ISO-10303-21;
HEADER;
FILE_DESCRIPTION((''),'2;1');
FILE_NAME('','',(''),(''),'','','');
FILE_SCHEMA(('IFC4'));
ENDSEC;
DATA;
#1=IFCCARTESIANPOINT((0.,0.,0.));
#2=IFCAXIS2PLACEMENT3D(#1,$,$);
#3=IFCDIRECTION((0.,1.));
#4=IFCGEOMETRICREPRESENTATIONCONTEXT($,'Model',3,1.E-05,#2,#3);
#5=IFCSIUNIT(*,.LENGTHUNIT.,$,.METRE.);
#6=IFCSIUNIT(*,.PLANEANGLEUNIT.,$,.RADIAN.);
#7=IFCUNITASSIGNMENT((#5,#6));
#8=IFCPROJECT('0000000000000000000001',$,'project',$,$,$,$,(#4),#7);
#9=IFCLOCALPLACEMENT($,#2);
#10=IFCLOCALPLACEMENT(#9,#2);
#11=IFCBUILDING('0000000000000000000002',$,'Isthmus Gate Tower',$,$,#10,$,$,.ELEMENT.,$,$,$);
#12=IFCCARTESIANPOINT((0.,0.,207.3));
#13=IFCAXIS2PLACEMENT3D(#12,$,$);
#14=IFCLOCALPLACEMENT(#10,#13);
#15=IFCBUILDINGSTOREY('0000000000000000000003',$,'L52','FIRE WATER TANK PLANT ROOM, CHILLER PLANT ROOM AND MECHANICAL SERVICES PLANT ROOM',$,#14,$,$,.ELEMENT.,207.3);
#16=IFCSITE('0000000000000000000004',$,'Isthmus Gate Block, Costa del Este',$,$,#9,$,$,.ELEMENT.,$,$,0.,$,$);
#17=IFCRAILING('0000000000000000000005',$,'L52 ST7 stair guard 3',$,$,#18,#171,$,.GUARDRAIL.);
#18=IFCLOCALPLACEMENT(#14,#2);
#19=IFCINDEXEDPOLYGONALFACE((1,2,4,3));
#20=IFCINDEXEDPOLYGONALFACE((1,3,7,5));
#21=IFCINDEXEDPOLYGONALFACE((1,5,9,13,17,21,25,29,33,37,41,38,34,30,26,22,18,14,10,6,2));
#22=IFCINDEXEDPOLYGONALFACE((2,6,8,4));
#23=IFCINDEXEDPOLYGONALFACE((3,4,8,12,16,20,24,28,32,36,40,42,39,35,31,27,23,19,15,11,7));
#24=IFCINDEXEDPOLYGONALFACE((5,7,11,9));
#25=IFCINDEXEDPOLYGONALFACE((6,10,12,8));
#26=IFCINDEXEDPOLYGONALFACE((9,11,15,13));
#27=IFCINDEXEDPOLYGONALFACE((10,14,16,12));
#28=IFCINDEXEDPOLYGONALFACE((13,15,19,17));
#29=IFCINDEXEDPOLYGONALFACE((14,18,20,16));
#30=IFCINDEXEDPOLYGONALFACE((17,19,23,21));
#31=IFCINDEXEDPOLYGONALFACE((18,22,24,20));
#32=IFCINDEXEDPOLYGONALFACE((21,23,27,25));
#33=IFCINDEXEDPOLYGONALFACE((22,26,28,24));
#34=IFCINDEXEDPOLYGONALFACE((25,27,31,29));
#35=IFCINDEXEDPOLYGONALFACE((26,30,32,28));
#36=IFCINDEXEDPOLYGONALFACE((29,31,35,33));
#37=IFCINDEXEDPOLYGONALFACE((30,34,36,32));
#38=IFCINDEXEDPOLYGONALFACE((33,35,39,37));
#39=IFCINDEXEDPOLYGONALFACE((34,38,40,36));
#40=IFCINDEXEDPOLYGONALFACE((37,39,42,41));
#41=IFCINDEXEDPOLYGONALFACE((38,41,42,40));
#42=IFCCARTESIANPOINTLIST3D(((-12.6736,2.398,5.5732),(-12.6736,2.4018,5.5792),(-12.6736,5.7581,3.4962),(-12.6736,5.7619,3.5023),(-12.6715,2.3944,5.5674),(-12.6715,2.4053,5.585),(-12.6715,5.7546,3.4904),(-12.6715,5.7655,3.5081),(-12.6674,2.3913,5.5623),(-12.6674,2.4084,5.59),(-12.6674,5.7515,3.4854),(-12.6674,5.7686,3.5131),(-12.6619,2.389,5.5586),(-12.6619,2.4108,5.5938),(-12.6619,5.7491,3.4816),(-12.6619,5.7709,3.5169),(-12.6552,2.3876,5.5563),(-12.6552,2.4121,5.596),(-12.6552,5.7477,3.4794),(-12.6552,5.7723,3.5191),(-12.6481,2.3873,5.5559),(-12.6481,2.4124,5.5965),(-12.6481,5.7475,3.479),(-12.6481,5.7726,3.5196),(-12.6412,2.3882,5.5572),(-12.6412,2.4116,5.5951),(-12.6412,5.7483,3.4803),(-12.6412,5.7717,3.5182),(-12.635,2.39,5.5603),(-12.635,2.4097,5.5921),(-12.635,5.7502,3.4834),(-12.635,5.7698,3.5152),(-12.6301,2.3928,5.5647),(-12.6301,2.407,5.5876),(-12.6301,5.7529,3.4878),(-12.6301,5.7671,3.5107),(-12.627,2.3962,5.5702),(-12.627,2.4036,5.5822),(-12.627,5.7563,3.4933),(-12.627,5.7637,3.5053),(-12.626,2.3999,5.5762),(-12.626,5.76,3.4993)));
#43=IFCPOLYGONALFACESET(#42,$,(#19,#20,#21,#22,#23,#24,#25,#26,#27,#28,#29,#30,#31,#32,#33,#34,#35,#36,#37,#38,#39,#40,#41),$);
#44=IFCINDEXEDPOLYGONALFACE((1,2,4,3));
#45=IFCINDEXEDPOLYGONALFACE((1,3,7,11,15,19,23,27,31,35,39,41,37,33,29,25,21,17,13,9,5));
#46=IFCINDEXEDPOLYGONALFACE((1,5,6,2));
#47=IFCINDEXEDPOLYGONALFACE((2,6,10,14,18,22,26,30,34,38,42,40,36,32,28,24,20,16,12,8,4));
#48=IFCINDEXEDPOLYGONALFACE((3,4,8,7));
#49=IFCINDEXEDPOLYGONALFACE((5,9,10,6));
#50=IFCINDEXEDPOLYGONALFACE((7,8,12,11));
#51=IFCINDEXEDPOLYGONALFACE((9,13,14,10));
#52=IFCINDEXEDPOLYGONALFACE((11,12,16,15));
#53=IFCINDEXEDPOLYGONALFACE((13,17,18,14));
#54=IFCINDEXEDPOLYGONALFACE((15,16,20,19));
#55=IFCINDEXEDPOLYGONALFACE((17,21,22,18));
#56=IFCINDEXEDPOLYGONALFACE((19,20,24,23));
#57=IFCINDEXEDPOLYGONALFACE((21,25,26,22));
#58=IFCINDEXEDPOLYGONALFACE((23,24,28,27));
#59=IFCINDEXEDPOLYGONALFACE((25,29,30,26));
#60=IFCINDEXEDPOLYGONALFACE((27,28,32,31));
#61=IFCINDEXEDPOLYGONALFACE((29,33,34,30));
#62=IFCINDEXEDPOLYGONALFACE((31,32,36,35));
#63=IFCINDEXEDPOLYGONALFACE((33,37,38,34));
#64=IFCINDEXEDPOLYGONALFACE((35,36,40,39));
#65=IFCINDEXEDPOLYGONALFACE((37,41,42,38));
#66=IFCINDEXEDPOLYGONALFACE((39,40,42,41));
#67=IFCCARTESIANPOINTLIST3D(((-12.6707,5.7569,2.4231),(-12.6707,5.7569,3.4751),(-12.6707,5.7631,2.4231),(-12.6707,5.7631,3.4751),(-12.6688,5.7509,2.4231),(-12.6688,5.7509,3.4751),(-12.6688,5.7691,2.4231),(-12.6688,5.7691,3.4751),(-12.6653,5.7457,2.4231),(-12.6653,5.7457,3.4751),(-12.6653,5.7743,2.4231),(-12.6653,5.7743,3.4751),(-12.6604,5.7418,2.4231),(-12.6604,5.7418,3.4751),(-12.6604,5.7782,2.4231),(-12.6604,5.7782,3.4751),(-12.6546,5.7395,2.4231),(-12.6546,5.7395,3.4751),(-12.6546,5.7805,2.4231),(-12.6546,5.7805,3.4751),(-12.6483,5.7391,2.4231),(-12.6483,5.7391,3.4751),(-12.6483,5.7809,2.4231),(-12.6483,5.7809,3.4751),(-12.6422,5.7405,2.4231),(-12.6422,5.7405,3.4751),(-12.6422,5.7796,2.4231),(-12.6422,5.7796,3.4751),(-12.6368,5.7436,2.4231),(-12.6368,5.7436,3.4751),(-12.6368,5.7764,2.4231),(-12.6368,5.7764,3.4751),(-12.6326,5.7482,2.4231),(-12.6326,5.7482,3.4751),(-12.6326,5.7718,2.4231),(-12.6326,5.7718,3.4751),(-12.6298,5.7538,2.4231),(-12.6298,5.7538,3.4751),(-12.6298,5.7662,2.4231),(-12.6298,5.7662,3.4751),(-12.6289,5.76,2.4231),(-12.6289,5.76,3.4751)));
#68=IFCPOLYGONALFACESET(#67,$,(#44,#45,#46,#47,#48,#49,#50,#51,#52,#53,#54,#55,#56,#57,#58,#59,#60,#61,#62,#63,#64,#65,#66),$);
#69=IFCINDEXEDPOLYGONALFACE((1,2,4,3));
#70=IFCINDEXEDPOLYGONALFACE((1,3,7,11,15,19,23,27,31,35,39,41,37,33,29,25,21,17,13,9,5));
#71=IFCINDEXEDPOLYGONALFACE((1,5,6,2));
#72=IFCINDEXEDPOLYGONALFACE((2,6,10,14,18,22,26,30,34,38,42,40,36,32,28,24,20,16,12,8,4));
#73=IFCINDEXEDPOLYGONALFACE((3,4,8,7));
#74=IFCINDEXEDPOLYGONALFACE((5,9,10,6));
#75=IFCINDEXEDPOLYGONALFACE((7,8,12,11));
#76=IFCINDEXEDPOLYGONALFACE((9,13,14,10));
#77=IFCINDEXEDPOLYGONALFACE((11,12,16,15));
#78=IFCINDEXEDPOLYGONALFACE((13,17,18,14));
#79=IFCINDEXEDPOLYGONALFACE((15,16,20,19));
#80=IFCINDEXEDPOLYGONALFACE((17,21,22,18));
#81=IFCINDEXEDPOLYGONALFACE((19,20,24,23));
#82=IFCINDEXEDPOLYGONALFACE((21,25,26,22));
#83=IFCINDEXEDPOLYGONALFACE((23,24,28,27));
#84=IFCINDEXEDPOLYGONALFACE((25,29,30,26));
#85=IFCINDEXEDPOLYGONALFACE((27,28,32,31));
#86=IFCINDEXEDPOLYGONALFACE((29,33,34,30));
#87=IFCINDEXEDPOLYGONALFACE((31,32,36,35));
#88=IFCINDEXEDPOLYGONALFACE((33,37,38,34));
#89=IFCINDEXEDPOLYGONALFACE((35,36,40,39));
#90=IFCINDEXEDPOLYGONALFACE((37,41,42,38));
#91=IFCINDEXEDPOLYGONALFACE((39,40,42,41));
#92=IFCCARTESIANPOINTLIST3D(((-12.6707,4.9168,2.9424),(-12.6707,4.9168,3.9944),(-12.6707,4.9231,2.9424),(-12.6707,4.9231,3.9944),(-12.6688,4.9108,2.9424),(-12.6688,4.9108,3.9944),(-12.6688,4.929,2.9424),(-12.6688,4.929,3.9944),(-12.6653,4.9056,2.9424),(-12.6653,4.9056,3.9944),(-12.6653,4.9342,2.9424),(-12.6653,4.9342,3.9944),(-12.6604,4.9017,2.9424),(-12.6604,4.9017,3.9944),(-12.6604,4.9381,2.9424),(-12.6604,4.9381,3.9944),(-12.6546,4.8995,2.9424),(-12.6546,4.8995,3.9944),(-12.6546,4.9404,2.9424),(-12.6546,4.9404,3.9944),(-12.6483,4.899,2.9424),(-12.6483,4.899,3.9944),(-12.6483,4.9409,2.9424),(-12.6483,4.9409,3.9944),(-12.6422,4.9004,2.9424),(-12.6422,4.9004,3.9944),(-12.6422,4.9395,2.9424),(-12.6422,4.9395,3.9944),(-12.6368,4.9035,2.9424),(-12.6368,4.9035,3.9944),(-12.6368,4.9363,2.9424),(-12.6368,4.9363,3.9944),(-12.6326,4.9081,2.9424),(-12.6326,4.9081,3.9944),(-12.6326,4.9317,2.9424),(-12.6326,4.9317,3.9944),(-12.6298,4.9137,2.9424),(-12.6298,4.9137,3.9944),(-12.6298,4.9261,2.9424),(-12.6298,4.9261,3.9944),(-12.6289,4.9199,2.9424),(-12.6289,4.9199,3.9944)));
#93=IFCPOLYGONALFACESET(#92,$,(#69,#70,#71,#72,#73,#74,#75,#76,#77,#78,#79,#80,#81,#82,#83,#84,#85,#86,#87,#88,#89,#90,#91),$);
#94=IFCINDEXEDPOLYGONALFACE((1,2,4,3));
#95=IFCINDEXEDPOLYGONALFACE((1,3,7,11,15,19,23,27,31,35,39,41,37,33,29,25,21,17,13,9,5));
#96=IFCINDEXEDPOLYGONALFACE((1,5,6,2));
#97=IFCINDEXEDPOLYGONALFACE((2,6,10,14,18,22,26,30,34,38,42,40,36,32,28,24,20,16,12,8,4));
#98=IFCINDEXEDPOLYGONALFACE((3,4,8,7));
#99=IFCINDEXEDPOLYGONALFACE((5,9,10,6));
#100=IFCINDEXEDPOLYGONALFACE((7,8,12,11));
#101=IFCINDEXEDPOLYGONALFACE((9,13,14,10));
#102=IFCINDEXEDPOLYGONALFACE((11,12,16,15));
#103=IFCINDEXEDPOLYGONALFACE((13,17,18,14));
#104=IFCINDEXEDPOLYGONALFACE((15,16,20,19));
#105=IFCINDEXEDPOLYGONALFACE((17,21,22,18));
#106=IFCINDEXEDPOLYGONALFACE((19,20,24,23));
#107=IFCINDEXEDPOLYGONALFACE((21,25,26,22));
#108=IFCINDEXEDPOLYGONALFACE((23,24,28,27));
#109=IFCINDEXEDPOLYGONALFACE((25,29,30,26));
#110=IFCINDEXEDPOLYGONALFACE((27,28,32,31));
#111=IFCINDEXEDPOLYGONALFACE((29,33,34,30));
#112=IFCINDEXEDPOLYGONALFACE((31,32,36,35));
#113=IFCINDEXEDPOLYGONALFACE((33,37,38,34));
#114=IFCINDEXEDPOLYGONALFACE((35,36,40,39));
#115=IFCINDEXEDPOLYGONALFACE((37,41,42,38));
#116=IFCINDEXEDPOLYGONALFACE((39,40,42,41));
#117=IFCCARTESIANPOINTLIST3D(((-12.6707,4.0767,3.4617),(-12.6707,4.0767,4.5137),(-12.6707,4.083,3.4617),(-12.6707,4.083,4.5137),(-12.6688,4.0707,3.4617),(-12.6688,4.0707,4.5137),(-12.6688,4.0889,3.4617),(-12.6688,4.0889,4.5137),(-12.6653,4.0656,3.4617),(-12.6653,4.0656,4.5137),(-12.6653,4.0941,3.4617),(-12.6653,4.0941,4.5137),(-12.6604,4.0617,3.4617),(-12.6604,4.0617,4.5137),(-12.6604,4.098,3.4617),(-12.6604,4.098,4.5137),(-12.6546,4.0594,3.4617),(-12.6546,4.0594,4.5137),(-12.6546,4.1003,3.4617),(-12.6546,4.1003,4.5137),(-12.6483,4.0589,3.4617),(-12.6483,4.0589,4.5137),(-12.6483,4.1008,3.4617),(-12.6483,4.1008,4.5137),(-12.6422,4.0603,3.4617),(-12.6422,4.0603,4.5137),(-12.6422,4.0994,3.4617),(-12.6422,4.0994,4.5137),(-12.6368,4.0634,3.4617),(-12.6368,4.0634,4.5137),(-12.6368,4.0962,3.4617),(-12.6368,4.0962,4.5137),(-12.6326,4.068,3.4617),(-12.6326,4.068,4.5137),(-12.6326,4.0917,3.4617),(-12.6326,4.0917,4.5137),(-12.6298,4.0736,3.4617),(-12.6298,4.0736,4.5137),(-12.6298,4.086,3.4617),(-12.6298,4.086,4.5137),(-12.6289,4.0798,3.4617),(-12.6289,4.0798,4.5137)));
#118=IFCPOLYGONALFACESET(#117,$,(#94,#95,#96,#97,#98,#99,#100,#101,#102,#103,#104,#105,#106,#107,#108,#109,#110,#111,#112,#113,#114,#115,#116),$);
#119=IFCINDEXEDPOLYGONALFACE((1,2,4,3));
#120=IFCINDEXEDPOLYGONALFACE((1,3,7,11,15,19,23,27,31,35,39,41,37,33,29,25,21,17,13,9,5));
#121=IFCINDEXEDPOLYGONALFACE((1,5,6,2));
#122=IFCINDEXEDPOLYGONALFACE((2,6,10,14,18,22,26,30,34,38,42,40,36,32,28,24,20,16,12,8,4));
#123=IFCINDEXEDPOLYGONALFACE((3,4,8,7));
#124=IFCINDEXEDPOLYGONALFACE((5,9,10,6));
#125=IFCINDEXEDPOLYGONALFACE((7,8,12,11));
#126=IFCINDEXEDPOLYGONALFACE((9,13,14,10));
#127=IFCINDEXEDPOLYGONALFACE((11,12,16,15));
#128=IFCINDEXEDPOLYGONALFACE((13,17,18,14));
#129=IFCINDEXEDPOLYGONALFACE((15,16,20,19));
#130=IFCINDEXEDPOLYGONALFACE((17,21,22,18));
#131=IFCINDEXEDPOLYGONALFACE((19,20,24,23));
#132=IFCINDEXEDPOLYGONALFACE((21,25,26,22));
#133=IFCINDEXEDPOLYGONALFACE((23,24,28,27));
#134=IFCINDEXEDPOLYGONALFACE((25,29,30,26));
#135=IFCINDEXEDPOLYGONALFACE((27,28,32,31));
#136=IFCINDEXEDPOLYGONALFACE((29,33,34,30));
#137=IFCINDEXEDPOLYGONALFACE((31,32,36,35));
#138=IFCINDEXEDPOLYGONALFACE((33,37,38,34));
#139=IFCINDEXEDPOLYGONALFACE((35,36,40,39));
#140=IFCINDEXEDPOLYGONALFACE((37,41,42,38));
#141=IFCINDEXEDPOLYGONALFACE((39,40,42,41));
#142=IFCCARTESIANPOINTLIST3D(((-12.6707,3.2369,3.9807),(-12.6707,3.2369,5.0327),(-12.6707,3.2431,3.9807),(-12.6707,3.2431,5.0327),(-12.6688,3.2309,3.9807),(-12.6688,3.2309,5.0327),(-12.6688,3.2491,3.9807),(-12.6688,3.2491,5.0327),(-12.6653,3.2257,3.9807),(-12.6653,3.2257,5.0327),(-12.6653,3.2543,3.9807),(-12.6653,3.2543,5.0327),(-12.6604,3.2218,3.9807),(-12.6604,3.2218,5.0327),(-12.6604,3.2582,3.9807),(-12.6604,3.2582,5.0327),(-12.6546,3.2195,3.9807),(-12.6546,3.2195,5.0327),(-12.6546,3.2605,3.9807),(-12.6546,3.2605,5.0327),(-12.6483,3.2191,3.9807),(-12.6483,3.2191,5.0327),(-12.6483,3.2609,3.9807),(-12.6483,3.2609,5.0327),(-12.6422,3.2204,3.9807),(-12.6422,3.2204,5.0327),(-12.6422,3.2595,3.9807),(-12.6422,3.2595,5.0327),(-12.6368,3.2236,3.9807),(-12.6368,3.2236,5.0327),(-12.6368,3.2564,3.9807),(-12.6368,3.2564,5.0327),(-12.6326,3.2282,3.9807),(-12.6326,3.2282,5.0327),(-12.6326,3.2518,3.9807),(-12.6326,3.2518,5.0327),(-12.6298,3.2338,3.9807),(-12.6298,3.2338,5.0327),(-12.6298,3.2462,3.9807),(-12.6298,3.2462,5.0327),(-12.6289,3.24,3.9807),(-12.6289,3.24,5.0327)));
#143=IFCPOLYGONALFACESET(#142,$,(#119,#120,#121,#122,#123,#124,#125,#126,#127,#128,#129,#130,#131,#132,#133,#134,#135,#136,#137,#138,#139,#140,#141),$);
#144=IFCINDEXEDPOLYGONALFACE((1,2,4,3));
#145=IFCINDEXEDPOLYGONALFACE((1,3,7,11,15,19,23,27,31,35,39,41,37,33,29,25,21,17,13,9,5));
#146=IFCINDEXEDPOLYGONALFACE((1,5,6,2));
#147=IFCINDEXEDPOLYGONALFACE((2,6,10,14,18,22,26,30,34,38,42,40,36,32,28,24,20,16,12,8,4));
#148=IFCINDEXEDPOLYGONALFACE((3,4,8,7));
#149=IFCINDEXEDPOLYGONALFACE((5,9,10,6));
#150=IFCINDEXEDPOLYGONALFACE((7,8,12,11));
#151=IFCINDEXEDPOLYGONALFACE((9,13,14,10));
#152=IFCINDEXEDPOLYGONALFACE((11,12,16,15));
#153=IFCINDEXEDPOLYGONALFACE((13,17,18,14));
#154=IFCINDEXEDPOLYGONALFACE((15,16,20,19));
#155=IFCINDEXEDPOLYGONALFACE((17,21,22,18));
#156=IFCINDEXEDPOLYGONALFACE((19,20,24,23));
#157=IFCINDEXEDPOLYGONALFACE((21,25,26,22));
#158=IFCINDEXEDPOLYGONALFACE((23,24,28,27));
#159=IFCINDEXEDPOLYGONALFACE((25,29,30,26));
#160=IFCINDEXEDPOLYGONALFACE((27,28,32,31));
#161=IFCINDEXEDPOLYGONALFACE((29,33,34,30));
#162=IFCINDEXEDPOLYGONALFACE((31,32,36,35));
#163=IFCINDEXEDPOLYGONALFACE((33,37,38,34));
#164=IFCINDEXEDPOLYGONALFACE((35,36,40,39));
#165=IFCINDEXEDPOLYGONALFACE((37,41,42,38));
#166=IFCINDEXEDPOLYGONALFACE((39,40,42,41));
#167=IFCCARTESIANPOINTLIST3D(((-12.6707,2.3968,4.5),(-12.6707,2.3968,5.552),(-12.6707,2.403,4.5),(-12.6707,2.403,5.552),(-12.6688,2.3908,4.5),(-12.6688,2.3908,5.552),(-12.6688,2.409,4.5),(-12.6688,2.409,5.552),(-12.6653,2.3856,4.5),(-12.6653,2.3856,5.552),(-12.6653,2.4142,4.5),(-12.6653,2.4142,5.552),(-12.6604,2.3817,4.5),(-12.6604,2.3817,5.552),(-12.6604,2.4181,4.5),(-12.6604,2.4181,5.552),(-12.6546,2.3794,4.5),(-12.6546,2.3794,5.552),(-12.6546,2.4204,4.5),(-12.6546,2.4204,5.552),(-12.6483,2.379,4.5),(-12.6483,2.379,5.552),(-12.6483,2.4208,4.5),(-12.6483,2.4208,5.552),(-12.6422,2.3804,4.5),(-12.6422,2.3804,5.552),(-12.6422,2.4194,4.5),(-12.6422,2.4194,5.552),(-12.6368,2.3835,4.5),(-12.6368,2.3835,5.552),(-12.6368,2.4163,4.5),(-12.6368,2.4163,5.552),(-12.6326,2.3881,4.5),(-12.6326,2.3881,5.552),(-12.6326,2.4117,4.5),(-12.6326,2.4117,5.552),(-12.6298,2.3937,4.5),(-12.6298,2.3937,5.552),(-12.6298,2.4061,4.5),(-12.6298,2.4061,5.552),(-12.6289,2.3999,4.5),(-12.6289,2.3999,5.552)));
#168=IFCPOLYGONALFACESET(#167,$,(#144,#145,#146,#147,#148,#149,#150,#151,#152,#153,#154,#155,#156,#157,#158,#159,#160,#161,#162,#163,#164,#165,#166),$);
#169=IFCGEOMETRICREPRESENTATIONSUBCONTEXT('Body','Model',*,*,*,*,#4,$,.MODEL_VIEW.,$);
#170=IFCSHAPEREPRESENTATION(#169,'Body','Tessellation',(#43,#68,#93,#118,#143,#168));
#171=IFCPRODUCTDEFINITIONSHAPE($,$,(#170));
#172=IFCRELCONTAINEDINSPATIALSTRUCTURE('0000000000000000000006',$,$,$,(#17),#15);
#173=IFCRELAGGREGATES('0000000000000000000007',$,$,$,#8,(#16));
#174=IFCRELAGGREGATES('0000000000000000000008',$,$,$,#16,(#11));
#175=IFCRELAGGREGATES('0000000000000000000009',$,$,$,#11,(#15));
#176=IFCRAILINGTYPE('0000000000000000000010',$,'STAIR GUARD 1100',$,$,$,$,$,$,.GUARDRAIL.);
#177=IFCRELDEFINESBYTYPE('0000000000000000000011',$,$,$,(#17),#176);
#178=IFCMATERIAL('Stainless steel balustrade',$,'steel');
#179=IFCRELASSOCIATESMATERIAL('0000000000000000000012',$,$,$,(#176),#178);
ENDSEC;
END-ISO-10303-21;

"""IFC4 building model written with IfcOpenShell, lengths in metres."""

from ifc_helpers import new_model, si_unit, direction, frame, origin, origin_2d, place, context, subcontext, project, spatial, circle, extrude, material, type_object, element, save


model = new_model("IFC4")

# Units and contexts
model_context = context("Model", 3, precision=1e-05, world=origin(), true_north=direction((0.0, 1.0)))
body_context = subcontext(model_context, "Body", "Model", "MODEL_VIEW")
ifc_project = project(units=[si_unit("LENGTHUNIT", "METRE"), si_unit("PLANEANGLEUNIT", "RADIAN")], contexts=[model_context])

# Site, building, storey
site_placement = place(None, origin())
site = spatial("IfcSite", under=ifc_project, at=site_placement, Name="Isthmus Gate Block, Costa del Este", CompositionType="ELEMENT", RefElevation=0.0)
building_placement = place(site_placement, origin())
building = spatial("IfcBuilding", under=site, at=building_placement, Name="Isthmus Gate Tower", CompositionType="ELEMENT")
storey_placement = place(building_placement, frame((0.0, 0.0, 207.3)))
storey = spatial("IfcBuildingStorey", under=building, at=storey_placement, Name="L52", Description="FIRE WATER TANK PLANT ROOM, CHILLER PLANT ROOM AND MECHANICAL SERVICES PLANT ROOM", CompositionType="ELEMENT", Elevation=207.3)

# Railing
ifc_material_1 = material(Name="Stainless steel balustrade", Category="steel")
railing_type_1 = type_object("IfcRailingType", Name="STAIR GUARD 1100", PredefinedType="GUARDRAIL", material=ifc_material_1)
railing_1_placement = place(storey_placement, frame((-12.6499, 5.76, 2.4231)))
element("IfcRailing", 1, at=railing_1_placement, inside=storey, type_object=railing_type_1, Name="L52 ST7 stair guard 3", PredefinedType="GUARDRAIL", context=body_context, shape_type="SweptSolid", body=[
    extrude(circle(Radius=0.0239, at=origin_2d()), frame((0.0, 0.0, 1.0762), z_axis=(0.0, -0.850623, 0.525776), x_axis=(1.0, 0.0, 0.0)), (0.0, 0.0, 1.0), 3.9502),
    extrude(circle(Radius=0.021, at=origin_2d()), origin(), (0.0, 0.0, 1.0), 1.052),
    extrude(circle(Radius=0.021, at=origin_2d()), frame((0.0, -0.8401, 0.5193)), (0.0, 0.0, 1.0), 1.052),
    extrude(circle(Radius=0.021, at=origin_2d()), frame((0.0, -1.6802, 1.0386)), (0.0, 0.0, 1.0), 1.052),
    extrude(circle(Radius=0.021, at=origin_2d()), frame((0.0, -2.52, 1.5576)), (0.0, 0.0, 1.0), 1.052),
    extrude(circle(Radius=0.021, at=origin_2d()), frame((0.0, -3.3601, 2.0769)), (0.0, 0.0, 1.0), 1.052),
])

save(model, "model.ifc")
